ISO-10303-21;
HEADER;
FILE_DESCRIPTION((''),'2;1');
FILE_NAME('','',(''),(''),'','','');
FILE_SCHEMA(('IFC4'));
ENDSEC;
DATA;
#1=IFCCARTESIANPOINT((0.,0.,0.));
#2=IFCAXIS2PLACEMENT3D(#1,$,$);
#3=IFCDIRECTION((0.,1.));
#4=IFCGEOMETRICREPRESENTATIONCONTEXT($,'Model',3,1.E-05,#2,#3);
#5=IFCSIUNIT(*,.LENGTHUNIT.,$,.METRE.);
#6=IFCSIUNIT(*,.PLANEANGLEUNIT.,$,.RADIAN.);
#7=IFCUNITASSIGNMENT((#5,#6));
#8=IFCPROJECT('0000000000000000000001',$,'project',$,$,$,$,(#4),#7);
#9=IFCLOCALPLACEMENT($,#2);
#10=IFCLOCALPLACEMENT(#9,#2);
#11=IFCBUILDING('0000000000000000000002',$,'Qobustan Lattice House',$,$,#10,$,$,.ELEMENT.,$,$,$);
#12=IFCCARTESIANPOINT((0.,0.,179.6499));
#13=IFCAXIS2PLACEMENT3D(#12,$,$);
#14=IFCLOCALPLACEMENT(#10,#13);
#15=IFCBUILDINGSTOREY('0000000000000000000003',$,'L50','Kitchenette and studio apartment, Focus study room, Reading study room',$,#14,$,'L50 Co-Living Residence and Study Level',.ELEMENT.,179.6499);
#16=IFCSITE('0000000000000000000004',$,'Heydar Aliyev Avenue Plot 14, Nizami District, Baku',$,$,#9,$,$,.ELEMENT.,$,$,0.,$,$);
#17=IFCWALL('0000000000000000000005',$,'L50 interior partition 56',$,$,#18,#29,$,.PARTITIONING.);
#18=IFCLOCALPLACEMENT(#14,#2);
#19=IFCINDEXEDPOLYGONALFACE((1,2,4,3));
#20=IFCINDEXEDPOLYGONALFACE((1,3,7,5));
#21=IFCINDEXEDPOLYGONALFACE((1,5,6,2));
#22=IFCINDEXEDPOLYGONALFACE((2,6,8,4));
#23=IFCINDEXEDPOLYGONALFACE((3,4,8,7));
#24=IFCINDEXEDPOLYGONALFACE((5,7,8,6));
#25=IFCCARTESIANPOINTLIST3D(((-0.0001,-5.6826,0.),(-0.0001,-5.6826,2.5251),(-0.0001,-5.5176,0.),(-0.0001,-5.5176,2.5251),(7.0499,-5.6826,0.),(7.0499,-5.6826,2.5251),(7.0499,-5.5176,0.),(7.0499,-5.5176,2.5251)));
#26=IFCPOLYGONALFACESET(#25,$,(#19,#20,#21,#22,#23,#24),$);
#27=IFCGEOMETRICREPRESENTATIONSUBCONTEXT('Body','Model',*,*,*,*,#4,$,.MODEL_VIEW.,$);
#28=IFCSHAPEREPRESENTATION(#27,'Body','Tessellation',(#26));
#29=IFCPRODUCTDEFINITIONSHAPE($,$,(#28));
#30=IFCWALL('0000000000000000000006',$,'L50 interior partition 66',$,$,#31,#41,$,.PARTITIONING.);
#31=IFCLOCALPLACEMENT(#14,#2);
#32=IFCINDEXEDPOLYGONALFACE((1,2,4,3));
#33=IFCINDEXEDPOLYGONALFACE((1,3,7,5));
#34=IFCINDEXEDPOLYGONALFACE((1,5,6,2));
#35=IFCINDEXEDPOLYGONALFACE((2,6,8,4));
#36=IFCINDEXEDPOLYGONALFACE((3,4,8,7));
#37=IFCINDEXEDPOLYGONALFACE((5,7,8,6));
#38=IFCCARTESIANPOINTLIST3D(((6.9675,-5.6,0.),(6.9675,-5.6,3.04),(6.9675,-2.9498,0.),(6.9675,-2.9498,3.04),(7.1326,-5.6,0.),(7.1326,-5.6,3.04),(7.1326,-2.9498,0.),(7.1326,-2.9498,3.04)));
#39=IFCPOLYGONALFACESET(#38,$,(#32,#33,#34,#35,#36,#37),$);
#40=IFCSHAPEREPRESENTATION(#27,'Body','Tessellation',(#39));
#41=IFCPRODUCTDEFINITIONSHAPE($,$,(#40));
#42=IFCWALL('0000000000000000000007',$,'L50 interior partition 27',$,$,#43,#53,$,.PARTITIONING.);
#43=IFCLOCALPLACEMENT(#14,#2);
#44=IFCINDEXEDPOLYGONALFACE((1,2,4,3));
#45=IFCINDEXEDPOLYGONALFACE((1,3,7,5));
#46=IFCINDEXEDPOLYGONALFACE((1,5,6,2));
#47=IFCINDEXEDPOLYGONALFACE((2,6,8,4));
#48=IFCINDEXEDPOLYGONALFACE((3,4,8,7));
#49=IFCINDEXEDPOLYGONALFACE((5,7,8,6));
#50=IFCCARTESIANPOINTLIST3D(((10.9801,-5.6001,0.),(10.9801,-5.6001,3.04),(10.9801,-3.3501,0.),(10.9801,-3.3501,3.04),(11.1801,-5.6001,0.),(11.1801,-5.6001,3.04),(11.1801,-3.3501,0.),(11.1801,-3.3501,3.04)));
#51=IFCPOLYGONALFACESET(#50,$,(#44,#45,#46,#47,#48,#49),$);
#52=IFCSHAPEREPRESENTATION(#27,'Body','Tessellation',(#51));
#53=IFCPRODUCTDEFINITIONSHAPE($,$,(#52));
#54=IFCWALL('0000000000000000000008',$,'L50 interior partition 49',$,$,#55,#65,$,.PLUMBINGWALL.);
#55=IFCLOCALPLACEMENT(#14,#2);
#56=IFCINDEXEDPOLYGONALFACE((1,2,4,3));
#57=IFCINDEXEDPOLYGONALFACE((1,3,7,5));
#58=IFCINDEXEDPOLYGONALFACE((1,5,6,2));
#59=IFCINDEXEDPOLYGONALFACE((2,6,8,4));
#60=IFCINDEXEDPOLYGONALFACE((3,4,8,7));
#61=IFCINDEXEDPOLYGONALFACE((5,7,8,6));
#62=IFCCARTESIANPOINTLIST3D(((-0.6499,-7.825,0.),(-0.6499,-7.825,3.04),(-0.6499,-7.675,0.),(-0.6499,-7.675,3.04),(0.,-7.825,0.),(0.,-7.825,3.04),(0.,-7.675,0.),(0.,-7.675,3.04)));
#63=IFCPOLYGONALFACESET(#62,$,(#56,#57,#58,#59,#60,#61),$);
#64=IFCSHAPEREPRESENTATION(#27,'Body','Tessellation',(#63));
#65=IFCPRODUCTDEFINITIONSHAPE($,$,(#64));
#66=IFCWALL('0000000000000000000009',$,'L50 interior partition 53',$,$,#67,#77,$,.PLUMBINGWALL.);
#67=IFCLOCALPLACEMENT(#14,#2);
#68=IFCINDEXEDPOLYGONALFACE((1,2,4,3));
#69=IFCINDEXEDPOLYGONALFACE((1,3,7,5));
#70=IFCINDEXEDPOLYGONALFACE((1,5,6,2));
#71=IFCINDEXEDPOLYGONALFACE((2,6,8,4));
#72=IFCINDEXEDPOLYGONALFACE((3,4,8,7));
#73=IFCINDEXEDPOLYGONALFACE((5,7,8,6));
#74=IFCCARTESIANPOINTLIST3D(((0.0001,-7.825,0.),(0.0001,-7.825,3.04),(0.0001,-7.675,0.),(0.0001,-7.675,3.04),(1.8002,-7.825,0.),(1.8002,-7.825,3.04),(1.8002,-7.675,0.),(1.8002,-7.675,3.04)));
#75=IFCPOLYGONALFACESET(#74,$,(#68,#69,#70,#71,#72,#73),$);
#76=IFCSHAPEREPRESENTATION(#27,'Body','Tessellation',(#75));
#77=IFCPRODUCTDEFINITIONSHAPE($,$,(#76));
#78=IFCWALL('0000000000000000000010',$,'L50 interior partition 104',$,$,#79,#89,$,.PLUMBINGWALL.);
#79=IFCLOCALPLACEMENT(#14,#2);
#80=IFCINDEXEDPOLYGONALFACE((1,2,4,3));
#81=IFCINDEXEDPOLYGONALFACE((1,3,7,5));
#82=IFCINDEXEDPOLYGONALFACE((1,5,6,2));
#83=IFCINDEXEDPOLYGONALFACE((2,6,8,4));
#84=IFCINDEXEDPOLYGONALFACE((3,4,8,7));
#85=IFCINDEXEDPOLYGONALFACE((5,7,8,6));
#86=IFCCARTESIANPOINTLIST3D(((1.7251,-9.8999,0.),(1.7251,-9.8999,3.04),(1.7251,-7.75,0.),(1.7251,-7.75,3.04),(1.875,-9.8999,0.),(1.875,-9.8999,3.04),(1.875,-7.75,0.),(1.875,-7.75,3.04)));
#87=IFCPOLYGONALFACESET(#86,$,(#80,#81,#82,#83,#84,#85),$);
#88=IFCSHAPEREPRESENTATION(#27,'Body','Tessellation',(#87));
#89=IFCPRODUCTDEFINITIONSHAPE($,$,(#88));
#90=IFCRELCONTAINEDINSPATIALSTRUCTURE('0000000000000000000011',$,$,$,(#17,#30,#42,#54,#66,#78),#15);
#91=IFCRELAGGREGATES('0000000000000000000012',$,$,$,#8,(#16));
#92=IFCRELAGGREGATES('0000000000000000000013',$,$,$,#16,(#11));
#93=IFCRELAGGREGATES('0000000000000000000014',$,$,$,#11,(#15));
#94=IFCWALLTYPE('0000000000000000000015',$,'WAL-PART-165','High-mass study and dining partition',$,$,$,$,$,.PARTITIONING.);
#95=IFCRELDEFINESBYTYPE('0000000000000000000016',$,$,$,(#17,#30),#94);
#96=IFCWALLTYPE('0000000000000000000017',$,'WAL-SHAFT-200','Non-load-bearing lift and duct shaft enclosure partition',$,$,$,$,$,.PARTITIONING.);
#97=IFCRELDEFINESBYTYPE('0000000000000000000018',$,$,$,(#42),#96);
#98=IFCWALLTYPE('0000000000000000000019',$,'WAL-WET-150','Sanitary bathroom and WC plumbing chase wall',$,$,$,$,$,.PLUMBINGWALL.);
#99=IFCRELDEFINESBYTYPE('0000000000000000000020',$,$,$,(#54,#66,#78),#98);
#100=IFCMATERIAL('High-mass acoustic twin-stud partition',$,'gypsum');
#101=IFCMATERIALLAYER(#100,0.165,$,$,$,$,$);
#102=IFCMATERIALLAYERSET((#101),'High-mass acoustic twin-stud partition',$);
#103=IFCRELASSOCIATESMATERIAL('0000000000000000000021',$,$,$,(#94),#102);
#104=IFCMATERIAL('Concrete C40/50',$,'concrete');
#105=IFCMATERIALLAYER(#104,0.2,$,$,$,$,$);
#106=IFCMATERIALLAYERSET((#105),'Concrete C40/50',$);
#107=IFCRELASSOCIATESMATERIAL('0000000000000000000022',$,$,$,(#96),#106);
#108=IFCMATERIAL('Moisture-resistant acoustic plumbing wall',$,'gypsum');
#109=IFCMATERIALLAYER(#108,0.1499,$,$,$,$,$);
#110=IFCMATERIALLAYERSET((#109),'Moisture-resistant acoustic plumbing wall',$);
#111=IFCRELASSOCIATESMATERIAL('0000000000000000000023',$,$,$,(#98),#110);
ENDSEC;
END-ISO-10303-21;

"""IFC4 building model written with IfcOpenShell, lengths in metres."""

from ifc_helpers import new_model, si_unit, direction, frame, frame_2d, origin, place, context, subcontext, project, spatial, rectangle, extrude, material, layer, layer_set, type_object, element, save


model = new_model("IFC4")

# Units and contexts
model_context = context("Model", 3, precision=1e-05, world=origin(), true_north=direction((0.0, 1.0)))
body_context = subcontext(model_context, "Body", "Model", "MODEL_VIEW")
ifc_project = project(units=[si_unit("LENGTHUNIT", "METRE"), si_unit("PLANEANGLEUNIT", "RADIAN")], contexts=[model_context])

# Site, building, storey
site_placement = place(None, origin())
site = spatial("IfcSite", under=ifc_project, at=site_placement, Name="Heydar Aliyev Avenue Plot 14, Nizami District, Baku", CompositionType="ELEMENT", RefElevation=0.0)
building_placement = place(site_placement, origin())
building = spatial("IfcBuilding", under=site, at=building_placement, Name="Qobustan Lattice House", CompositionType="ELEMENT")
storey_placement = place(building_placement, frame((0.0, 0.0, 179.6499)))
storey = spatial("IfcBuildingStorey", under=building, at=storey_placement, Name="L50", Description="Kitchenette and studio apartment, Focus study room, Reading study room", LongName="L50 Co-Living Residence and Study Level", CompositionType="ELEMENT", Elevation=179.6499)

# Walls
ifc_material_1 = material(Name="High-mass acoustic twin-stud partition", Category="gypsum")
ifc_layer_1 = layer(ifc_material_1, 0.165)
ifc_layer_set_1 = layer_set([ifc_layer_1], Name="High-mass acoustic twin-stud partition")
wall_type_1 = type_object("IfcWallType", Name="WAL-PART-165", Description="High-mass study and dining partition", PredefinedType="PARTITIONING", material=ifc_layer_set_1)
wall_1_placement = place(storey_placement, frame((0.0, -5.6001, 0.0), z_axis=(0.0, 0.0, 1.0), x_axis=(1.0, 0.0, 0.0)))
element("IfcWall", 1, at=wall_1_placement, inside=storey, type_object=wall_type_1, Name="L50 interior partition 56", PredefinedType="PARTITIONING", context=body_context, shape_type="SweptSolid", body=[
    extrude(rectangle(XDim=7.05, YDim=0.165, at=frame_2d((3.5249, 0.0))), origin(), (0.0, 0.0, 1.0), 2.5251),
])
wall_2_placement = place(storey_placement, frame((7.05, -5.6001, 0.0), z_axis=(0.0, 0.0, 1.0), x_axis=(0.0, 1.0, 0.0)))
element("IfcWall", 2, at=wall_2_placement, inside=storey, type_object=wall_type_1, Name="L50 interior partition 66", PredefinedType="PARTITIONING", context=body_context, shape_type="SweptSolid", body=[
    extrude(rectangle(XDim=2.6501, YDim=0.165, at=frame_2d((1.3252, 0.0))), origin(), (0.0, 0.0, 1.0), 3.04),
])
ifc_material_2 = material(Name="Concrete C40/50", Category="concrete")
ifc_layer_2 = layer(ifc_material_2, 0.2)
ifc_layer_set_2 = layer_set([ifc_layer_2], Name="Concrete C40/50")
wall_type_2 = type_object("IfcWallType", Name="WAL-SHAFT-200", Description="Non-load-bearing lift and duct shaft enclosure partition", PredefinedType="PARTITIONING", material=ifc_layer_set_2)
wall_3_placement = place(storey_placement, frame((11.0801, -5.6001, 0.0), z_axis=(0.0, 0.0, 1.0), x_axis=(0.0, 1.0, 0.0)))
element("IfcWall", 3, at=wall_3_placement, inside=storey, type_object=wall_type_2, Name="L50 interior partition 27", PredefinedType="PARTITIONING", context=body_context, shape_type="SweptSolid", body=[
    extrude(rectangle(XDim=2.25, YDim=0.2, at=frame_2d((1.125, 0.0))), origin(), (0.0, 0.0, 1.0), 3.04),
])
ifc_material_3 = material(Name="Moisture-resistant acoustic plumbing wall", Category="gypsum")
ifc_layer_3 = layer(ifc_material_3, 0.1499)
ifc_layer_set_3 = layer_set([ifc_layer_3], Name="Moisture-resistant acoustic plumbing wall")
wall_type_3 = type_object("IfcWallType", Name="WAL-WET-150", Description="Sanitary bathroom and WC plumbing chase wall", PredefinedType="PLUMBINGWALL", material=ifc_layer_set_3)
wall_4_placement = place(storey_placement, frame((0.0, -7.75, 0.0), z_axis=(0.0, 0.0, 1.0), x_axis=(-1.0, 0.0, 0.0)))
element("IfcWall", 4, at=wall_4_placement, inside=storey, type_object=wall_type_3, Name="L50 interior partition 49", PredefinedType="PLUMBINGWALL", context=body_context, shape_type="SweptSolid", body=[
    extrude(rectangle(XDim=0.6499, YDim=0.1499, at=frame_2d((0.325, 0.0))), origin(), (0.0, 0.0, 1.0), 3.04),
])
wall_5_placement = place(storey_placement, frame((1.8, -7.75, 0.0), z_axis=(0.0, 0.0, 1.0), x_axis=(-1.0, 0.0, 0.0)))
element("IfcWall", 5, at=wall_5_placement, inside=storey, type_object=wall_type_3, Name="L50 interior partition 53", PredefinedType="PLUMBINGWALL", context=body_context, shape_type="SweptSolid", body=[
    extrude(rectangle(XDim=1.8, YDim=0.1499, at=frame_2d((0.8999, 0.0))), origin(), (0.0, 0.0, 1.0), 3.04),
])
wall_6_placement = place(storey_placement, frame((1.8, -9.8999, 0.0), z_axis=(0.0, 0.0, 1.0), x_axis=(0.0, 1.0, 0.0)))
element("IfcWall", 6, at=wall_6_placement, inside=storey, type_object=wall_type_3, Name="L50 interior partition 104", PredefinedType="PLUMBINGWALL", context=body_context, shape_type="SweptSolid", body=[
    extrude(rectangle(XDim=2.1499, YDim=0.1499, at=frame_2d((1.075, 0.0))), origin(), (0.0, 0.0, 1.0), 3.04),
])

save(model, "model.ifc")
